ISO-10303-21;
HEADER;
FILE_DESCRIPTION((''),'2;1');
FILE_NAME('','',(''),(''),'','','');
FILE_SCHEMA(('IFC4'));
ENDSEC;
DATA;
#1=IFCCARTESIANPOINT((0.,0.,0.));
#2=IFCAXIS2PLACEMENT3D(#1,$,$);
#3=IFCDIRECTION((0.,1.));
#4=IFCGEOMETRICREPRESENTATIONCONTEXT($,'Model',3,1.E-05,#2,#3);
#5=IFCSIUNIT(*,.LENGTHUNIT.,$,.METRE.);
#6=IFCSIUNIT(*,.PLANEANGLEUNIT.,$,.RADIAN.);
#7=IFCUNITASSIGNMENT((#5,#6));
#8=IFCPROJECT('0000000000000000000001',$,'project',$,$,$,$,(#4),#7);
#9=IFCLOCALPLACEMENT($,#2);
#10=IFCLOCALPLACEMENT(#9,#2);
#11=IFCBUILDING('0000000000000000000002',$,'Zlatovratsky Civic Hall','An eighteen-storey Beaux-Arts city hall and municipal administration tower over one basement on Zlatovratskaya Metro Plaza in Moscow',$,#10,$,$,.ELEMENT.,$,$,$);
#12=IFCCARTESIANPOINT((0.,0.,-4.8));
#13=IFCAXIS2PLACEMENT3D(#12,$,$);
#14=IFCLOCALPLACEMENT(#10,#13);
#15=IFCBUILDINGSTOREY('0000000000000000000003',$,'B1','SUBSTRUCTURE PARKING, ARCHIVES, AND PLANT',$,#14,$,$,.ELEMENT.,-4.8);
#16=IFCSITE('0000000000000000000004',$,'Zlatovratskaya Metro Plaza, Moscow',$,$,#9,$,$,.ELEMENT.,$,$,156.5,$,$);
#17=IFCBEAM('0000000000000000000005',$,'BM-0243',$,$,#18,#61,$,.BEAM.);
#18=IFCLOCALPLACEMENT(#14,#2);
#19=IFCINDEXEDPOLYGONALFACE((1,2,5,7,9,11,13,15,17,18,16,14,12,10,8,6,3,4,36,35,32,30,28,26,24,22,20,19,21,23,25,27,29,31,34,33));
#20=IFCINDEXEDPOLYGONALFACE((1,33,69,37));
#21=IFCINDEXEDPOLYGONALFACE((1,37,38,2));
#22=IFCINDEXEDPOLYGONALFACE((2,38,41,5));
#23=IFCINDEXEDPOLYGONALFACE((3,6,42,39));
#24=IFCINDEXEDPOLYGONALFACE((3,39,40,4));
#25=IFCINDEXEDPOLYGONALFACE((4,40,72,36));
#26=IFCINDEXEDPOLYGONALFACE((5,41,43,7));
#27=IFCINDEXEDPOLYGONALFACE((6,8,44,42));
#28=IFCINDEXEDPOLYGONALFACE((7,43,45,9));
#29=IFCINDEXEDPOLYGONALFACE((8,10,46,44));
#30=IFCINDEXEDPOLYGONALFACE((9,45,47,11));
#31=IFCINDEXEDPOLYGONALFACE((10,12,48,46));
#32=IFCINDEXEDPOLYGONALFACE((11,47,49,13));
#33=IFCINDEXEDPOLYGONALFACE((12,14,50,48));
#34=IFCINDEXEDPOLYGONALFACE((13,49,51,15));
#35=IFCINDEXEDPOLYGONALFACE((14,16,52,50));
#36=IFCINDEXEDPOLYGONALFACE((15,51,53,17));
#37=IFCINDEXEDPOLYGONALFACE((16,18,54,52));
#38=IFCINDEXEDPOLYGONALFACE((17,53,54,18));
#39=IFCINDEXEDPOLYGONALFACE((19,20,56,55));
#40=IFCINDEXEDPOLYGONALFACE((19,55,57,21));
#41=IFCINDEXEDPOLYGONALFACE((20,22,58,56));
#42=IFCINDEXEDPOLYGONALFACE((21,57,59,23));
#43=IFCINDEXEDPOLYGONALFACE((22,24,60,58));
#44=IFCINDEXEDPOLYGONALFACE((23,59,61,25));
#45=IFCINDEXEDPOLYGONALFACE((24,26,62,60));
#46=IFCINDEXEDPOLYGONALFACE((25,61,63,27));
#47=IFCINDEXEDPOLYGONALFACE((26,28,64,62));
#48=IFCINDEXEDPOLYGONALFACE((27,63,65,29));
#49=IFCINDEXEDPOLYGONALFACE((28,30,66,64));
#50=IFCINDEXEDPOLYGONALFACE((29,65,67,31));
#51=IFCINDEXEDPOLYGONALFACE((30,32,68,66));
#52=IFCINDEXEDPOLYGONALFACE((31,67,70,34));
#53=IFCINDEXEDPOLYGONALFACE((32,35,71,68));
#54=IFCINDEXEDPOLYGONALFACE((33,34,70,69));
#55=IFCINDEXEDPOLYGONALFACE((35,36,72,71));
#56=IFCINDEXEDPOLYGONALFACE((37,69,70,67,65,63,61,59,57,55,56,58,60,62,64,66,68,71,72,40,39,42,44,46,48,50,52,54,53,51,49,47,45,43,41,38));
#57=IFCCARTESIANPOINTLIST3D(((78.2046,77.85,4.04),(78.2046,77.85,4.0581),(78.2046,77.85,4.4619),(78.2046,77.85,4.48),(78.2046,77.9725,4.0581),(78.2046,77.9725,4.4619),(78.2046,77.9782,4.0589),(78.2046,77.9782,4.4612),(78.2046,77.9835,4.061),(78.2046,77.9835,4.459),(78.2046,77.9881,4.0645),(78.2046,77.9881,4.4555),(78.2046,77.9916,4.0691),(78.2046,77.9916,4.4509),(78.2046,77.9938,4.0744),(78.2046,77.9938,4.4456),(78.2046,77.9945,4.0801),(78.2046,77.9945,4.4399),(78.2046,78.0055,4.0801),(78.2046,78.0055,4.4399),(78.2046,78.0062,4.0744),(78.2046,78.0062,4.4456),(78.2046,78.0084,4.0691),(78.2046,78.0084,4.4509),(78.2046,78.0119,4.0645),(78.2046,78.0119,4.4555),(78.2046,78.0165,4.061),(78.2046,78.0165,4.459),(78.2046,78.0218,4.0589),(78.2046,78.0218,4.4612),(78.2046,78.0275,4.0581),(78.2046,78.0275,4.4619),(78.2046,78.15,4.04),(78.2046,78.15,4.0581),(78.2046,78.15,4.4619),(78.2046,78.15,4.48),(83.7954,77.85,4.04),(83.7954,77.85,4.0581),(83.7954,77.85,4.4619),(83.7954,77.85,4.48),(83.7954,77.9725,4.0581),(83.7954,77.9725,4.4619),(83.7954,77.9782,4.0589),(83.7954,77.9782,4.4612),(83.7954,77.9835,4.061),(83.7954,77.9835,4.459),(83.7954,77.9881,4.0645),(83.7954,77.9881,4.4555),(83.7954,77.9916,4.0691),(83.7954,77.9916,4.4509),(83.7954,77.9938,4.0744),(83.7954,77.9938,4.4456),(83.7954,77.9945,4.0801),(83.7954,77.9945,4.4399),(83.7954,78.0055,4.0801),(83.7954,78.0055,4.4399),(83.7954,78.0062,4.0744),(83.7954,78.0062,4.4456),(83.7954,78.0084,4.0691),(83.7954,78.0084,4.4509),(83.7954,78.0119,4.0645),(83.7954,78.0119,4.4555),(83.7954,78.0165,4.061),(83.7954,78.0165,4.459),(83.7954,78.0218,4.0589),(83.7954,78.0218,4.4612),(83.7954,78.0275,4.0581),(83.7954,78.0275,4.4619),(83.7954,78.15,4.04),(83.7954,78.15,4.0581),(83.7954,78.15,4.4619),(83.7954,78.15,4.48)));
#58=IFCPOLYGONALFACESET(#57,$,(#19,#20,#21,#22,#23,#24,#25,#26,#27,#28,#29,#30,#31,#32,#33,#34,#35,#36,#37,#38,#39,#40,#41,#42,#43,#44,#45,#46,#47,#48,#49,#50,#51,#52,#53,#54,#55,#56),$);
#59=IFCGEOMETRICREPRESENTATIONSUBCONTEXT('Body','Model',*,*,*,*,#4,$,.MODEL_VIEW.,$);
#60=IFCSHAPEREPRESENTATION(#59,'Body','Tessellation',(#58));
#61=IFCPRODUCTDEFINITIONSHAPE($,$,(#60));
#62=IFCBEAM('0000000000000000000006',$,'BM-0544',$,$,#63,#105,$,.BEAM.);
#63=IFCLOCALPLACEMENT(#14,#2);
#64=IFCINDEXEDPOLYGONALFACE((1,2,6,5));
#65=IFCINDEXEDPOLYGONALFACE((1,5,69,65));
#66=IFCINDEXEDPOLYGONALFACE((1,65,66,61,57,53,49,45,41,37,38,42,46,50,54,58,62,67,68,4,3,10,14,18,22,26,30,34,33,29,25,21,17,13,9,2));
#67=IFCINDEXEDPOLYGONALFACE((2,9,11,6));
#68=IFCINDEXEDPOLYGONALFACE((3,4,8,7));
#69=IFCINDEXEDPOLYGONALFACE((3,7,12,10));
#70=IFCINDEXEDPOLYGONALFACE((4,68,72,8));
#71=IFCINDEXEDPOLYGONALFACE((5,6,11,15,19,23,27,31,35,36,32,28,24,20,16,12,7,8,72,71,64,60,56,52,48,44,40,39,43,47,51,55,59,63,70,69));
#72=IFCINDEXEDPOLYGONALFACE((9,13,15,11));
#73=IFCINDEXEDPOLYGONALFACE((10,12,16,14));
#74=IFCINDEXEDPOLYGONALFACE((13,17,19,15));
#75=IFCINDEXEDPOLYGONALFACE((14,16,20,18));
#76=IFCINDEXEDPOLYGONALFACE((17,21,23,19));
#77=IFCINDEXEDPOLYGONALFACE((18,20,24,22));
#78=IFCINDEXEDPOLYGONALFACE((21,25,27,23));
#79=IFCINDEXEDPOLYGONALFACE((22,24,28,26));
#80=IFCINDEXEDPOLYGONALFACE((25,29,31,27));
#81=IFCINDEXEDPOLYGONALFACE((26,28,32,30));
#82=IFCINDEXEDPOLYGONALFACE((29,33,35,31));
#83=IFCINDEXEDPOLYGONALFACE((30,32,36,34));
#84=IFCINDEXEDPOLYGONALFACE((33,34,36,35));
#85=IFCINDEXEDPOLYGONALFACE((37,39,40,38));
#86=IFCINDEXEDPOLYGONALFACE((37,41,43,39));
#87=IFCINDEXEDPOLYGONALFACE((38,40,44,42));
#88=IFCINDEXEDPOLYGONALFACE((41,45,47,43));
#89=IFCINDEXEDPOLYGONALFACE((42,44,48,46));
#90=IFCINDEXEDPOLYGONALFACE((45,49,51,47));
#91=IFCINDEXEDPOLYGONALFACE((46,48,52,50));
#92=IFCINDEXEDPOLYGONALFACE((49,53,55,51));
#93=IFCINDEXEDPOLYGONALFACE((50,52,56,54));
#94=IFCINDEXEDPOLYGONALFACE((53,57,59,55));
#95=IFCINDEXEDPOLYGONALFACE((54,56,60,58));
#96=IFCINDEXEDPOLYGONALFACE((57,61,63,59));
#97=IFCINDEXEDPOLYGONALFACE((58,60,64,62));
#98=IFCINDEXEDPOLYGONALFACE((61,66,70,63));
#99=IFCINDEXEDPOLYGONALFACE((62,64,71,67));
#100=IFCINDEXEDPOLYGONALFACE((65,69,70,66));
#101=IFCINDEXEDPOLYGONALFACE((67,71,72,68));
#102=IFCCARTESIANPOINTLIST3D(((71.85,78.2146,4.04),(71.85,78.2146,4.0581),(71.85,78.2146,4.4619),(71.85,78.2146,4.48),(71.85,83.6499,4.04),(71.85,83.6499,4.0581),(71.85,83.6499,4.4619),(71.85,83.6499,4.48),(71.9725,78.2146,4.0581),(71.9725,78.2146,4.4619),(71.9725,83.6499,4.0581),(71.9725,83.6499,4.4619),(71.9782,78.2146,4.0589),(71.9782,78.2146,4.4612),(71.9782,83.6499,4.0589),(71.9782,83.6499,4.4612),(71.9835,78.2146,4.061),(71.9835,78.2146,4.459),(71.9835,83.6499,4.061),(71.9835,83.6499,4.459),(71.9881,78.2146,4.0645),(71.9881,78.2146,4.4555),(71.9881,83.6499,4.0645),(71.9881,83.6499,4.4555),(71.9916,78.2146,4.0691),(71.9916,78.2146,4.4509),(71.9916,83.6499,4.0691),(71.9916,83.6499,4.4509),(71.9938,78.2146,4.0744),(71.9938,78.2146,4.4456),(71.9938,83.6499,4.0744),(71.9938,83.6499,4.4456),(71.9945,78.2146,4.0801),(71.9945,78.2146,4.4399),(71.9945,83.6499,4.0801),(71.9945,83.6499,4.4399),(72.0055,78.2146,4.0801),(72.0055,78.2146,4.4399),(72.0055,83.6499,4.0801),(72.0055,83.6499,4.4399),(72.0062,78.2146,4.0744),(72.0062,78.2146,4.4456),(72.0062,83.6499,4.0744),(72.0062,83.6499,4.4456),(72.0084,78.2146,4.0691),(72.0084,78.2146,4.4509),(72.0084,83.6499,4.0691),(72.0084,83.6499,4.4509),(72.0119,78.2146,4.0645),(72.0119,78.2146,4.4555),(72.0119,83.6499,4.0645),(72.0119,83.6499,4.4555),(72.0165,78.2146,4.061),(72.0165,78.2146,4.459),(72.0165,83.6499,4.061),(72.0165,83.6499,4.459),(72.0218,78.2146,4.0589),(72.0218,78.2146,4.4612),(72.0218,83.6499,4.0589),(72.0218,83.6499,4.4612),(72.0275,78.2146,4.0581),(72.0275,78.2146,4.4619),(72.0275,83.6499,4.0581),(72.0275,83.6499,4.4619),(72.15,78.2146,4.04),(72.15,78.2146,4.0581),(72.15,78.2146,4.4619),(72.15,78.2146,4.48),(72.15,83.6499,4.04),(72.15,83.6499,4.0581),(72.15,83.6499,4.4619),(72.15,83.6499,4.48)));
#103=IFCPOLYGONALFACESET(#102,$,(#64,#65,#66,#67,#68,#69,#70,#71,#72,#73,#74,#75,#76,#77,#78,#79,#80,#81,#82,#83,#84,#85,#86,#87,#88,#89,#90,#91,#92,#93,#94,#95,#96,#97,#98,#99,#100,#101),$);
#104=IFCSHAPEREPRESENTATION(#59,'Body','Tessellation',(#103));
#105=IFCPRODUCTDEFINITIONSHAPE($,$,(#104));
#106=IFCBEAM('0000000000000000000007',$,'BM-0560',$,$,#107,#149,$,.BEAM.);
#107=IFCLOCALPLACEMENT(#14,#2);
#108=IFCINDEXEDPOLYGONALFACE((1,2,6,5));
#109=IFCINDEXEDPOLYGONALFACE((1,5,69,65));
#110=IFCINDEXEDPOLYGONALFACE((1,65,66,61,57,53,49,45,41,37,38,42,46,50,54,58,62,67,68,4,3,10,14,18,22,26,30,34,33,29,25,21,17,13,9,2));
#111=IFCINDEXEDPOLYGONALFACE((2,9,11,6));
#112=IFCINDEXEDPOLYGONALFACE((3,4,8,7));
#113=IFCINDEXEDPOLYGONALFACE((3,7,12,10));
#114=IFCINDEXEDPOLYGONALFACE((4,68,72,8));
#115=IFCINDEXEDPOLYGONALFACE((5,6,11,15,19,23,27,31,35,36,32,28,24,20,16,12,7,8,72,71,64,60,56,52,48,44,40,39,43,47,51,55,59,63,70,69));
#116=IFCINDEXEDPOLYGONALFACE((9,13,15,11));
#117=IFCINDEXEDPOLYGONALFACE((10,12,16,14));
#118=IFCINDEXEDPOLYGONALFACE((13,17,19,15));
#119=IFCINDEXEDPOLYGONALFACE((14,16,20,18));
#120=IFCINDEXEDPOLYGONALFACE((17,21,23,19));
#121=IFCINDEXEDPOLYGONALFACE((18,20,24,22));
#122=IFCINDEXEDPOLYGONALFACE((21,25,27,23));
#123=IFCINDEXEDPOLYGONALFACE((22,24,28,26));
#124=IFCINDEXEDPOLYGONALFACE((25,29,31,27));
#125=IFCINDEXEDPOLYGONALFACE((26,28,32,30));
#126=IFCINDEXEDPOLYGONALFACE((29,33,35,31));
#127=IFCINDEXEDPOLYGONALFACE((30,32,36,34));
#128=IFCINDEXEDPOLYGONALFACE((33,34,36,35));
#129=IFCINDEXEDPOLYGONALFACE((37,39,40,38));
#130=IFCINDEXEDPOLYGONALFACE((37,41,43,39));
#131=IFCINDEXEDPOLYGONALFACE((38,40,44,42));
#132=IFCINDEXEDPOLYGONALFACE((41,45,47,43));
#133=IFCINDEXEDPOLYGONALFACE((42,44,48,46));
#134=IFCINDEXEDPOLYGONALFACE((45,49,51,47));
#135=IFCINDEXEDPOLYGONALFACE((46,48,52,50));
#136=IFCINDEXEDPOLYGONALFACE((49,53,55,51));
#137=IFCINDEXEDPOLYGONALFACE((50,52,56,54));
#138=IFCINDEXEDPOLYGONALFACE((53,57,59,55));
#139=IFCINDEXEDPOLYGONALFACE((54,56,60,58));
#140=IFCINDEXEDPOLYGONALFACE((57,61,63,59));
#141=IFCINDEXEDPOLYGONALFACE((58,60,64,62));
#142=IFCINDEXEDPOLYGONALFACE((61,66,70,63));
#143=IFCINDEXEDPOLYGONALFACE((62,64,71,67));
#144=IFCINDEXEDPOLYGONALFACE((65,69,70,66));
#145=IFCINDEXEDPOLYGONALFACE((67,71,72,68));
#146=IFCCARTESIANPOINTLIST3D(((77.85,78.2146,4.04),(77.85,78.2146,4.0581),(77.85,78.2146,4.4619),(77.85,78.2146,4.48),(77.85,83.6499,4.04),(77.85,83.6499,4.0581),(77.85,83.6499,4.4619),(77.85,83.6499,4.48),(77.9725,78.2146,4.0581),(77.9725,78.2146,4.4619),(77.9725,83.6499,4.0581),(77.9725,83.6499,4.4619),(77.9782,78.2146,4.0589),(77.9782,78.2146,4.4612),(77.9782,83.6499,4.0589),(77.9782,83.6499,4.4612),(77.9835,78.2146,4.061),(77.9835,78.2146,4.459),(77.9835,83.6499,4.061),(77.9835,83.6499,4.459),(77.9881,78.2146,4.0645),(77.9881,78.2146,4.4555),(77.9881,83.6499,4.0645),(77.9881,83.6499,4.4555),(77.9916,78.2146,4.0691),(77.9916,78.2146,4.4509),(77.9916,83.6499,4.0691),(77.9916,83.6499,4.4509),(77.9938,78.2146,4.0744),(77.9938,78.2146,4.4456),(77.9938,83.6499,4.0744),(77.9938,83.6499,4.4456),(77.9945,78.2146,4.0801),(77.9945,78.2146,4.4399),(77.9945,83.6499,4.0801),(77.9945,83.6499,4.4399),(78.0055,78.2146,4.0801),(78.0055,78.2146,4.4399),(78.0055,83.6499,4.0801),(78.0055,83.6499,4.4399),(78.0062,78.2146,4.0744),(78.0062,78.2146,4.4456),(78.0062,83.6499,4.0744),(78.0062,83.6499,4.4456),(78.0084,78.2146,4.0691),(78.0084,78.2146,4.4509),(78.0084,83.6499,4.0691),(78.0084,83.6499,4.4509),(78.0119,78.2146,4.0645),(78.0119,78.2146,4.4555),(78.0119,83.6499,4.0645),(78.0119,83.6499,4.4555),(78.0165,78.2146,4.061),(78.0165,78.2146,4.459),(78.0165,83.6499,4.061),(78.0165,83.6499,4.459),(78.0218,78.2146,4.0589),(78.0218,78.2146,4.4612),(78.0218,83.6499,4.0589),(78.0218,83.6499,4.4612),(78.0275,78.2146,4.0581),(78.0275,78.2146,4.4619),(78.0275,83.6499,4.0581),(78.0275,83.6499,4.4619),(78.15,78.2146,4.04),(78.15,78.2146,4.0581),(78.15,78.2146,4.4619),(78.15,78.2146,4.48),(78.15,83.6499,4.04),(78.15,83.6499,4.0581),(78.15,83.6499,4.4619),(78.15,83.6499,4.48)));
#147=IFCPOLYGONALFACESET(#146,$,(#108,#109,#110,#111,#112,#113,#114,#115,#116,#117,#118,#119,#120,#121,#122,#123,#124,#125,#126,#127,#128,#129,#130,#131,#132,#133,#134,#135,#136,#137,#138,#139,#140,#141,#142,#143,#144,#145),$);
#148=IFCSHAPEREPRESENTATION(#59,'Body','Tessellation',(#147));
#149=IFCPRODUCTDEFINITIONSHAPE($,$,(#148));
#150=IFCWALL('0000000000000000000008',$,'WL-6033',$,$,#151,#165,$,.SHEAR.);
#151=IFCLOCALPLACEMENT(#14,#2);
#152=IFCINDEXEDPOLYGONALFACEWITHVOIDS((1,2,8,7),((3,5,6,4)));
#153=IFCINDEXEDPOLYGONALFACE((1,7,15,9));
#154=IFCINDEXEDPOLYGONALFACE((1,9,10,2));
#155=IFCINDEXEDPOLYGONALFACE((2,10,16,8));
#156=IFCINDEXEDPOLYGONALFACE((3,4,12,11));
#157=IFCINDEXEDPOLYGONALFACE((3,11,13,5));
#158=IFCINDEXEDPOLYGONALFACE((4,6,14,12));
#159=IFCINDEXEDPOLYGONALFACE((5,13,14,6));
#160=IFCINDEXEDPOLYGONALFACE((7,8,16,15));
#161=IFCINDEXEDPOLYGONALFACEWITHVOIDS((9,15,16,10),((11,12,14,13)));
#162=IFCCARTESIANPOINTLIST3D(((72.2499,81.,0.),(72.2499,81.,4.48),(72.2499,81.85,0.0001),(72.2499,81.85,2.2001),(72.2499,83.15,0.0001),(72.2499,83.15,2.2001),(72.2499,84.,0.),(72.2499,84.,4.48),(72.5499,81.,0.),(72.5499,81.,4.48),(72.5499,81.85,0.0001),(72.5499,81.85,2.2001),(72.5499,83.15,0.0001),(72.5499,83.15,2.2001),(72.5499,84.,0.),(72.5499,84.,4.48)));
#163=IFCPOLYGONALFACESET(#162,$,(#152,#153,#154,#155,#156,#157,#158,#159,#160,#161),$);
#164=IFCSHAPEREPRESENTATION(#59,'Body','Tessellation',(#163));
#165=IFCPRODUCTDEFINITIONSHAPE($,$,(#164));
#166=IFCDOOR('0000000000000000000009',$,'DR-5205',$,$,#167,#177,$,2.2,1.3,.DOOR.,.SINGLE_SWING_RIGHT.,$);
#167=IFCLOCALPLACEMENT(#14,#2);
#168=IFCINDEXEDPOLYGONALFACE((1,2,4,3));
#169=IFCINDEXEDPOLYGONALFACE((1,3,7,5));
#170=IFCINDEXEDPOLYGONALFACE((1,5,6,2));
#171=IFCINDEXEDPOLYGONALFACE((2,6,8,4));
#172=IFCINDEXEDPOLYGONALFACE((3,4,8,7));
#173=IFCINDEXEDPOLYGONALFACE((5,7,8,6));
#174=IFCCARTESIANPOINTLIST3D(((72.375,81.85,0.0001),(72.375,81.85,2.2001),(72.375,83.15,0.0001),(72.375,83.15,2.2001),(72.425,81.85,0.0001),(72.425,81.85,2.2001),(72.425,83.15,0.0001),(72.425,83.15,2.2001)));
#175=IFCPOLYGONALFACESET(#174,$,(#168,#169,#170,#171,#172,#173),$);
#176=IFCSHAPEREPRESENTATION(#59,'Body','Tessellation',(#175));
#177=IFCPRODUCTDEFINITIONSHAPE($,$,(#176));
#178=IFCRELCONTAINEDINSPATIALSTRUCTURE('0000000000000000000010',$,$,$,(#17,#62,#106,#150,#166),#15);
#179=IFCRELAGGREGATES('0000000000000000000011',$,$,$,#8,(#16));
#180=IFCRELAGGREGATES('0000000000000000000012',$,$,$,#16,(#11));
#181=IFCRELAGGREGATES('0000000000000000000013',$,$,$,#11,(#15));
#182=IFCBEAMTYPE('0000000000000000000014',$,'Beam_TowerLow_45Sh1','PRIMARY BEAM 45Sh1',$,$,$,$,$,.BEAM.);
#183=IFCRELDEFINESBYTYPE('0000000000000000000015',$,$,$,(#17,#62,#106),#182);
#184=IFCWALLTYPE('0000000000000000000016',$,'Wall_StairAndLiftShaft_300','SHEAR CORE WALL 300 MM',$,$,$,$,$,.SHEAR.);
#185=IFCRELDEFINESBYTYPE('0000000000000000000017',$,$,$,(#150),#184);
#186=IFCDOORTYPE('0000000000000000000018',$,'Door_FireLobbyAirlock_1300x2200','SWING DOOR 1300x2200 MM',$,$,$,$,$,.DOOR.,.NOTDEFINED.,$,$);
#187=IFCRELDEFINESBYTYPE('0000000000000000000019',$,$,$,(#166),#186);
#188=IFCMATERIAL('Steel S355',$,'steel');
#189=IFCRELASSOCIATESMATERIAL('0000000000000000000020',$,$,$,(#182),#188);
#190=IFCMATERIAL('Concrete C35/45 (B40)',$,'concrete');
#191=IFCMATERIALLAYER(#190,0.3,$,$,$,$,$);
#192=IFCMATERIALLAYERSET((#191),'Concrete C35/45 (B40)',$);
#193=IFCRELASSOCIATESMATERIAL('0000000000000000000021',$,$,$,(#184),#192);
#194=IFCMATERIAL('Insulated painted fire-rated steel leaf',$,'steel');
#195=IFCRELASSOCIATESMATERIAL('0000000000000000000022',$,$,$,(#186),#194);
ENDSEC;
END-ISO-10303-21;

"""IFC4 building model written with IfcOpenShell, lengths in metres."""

from ifc_helpers import new_model, si_unit, direction, frame, frame_2d, origin, origin_2d, place, context, subcontext, project, spatial, rectangle, i_section, extrude, material, layer, layer_set, material_profile, profile_set, type_object, element, fill, save


model = new_model("IFC4")

# Units and contexts
model_context = context("Model", 3, precision=1e-05, world=origin(), true_north=direction((0.0, 1.0)))
body_context = subcontext(model_context, "Body", "Model", "MODEL_VIEW")
ifc_project = project(units=[si_unit("LENGTHUNIT", "METRE"), si_unit("PLANEANGLEUNIT", "RADIAN")], contexts=[model_context])

# Site, building, storey
site_placement = place(None, origin())
site = spatial("IfcSite", under=ifc_project, at=site_placement, Name="Zlatovratskaya Metro Plaza, Moscow", CompositionType="ELEMENT", RefElevation=156.5)
building_placement = place(site_placement, origin())
building = spatial("IfcBuilding", under=site, at=building_placement, Name="Zlatovratsky Civic Hall", Description="An eighteen-storey Beaux-Arts city hall and municipal administration tower over one basement on Zlatovratskaya Metro Plaza in Moscow", CompositionType="ELEMENT")
storey_placement = place(building_placement, frame((0.0, 0.0, -4.8)))
storey = spatial("IfcBuildingStorey", under=building, at=storey_placement, Name="B1", Description="SUBSTRUCTURE PARKING, ARCHIVES, AND PLANT", CompositionType="ELEMENT", Elevation=-4.8)

# Shared definitions
ifc_material_1 = material(Name="Steel S355", Category="steel")

# Beams
ifc_material_profile_1 = material_profile(ifc_material_1, i_section(OverallWidth=0.3, OverallDepth=0.4399, WebThickness=0.011, FlangeThickness=0.0181, FilletRadius=0.022, at=origin_2d()), Name="45Sh1")
ifc_profile_set_1 = profile_set([ifc_material_profile_1], Name="Steel S355")
beam_type = type_object("IfcBeamType", Name="Beam_TowerLow_45Sh1", Description="PRIMARY BEAM 45Sh1", PredefinedType="BEAM", material=ifc_profile_set_1)
for number, where, z_axis, x_axis, name in (
    (1, (78.2046, 78.0, 4.26), (1.0, 0.0, 0.0), (0.0, 1.0, 0.0), "BM-0243"),
):
    element("IfcBeam", number, at=place(storey_placement, frame(where, z_axis=z_axis, x_axis=x_axis)), inside=storey, type_object=beam_type, Name=name, PredefinedType="BEAM", context=body_context, shape_type="SweptSolid", body=[
        extrude(i_section(OverallWidth=0.3, OverallDepth=0.4399, WebThickness=0.011, FlangeThickness=0.0181, FilletRadius=0.022, at=origin_2d()), origin(), (0.0, 0.0, 1.0), 5.5908),
    ])
for number, where, z_axis, x_axis, name in (
    (2, (72.0, 78.2146, 4.26), (0.0, 1.0, 0.0), (-1.0, 0.0, 0.0), "BM-0544"),
    (3, (78.0, 78.2146, 4.26), (0.0, 1.0, 0.0), (-1.0, 0.0, 0.0), "BM-0560"),
):
    element("IfcBeam", number, at=place(storey_placement, frame(where, z_axis=z_axis, x_axis=x_axis)), inside=storey, type_object=beam_type, Name=name, PredefinedType="BEAM", context=body_context, shape_type="SweptSolid", body=[
        extrude(i_section(OverallWidth=0.3, OverallDepth=0.4399, WebThickness=0.011, FlangeThickness=0.0181, FilletRadius=0.022, at=origin_2d()), origin(), (0.0, 0.0, 1.0), 5.4353),
    ])

# Wall, opening, door
ifc_material_2 = material(Name="Concrete C35/45 (B40)", Category="concrete")
ifc_layer = layer(ifc_material_2, 0.3)
ifc_layer_set = layer_set([ifc_layer], Name="Concrete C35/45 (B40)")
wall_type = type_object("IfcWallType", Name="Wall_StairAndLiftShaft_300", Description="SHEAR CORE WALL 300 MM", PredefinedType="SHEAR", material=ifc_layer_set)
wall_1_placement = place(storey_placement, frame((72.3999, 81.0, 0.0), z_axis=(0.0, 0.0, 1.0), x_axis=(0.0, 1.0, 0.0)))
wall_1 = element("IfcWall", 4, at=wall_1_placement, inside=storey, type_object=wall_type, Name="WL-6033", PredefinedType="SHEAR", context=body_context, shape_type="SweptSolid", body=[
    extrude(rectangle(XDim=3.0, YDim=0.3, at=frame_2d((1.5, 0.0))), origin(), (0.0, 0.0, 1.0), 4.48),
])
opening_1_placement = place(wall_1_placement, frame((0.8501, 0.0, 0.0)))
opening_1 = element("IfcOpeningElement", 5, at=opening_1_placement, cuts=wall_1, PredefinedType="OPENING", context=body_context, shape_type="SweptSolid", body=[
    extrude(rectangle(XDim=1.3, YDim=2.2, at=frame_2d((0.6499, 1.1001))), frame((0.0, 0.165, 0.0), z_axis=(0.0, -1.0, 0.0), x_axis=(1.0, 0.0, 0.0)), (0.0, 0.0, 1.0), 0.3298),
])
ifc_material_3 = material(Name="Insulated painted fire-rated steel leaf", Category="steel")
door_type = type_object("IfcDoorType", Name="Door_FireLobbyAirlock_1300x2200", Description="SWING DOOR 1300x2200 MM", OperationType="NOTDEFINED", PredefinedType="DOOR", material=ifc_material_3)
door_1_placement = place(opening_1_placement, origin())
door_1 = element("IfcDoor", 6, at=door_1_placement, inside=storey, type_object=door_type, Name="DR-5205", OperationType="SINGLE_SWING_RIGHT", OverallHeight=2.2, OverallWidth=1.3, PredefinedType="DOOR", context=body_context, shape_type="SweptSolid", body=[
    extrude(rectangle(XDim=1.3, YDim=2.2, at=frame_2d((0.6499, 1.1001))), frame((0.0, 0.0249, 0.0), z_axis=(0.0, -1.0, 0.0), x_axis=(1.0, 0.0, 0.0)), (0.0, 0.0, 1.0), 0.05),
])
fill(opening_1, door_1)

save(model, "model.ifc")
